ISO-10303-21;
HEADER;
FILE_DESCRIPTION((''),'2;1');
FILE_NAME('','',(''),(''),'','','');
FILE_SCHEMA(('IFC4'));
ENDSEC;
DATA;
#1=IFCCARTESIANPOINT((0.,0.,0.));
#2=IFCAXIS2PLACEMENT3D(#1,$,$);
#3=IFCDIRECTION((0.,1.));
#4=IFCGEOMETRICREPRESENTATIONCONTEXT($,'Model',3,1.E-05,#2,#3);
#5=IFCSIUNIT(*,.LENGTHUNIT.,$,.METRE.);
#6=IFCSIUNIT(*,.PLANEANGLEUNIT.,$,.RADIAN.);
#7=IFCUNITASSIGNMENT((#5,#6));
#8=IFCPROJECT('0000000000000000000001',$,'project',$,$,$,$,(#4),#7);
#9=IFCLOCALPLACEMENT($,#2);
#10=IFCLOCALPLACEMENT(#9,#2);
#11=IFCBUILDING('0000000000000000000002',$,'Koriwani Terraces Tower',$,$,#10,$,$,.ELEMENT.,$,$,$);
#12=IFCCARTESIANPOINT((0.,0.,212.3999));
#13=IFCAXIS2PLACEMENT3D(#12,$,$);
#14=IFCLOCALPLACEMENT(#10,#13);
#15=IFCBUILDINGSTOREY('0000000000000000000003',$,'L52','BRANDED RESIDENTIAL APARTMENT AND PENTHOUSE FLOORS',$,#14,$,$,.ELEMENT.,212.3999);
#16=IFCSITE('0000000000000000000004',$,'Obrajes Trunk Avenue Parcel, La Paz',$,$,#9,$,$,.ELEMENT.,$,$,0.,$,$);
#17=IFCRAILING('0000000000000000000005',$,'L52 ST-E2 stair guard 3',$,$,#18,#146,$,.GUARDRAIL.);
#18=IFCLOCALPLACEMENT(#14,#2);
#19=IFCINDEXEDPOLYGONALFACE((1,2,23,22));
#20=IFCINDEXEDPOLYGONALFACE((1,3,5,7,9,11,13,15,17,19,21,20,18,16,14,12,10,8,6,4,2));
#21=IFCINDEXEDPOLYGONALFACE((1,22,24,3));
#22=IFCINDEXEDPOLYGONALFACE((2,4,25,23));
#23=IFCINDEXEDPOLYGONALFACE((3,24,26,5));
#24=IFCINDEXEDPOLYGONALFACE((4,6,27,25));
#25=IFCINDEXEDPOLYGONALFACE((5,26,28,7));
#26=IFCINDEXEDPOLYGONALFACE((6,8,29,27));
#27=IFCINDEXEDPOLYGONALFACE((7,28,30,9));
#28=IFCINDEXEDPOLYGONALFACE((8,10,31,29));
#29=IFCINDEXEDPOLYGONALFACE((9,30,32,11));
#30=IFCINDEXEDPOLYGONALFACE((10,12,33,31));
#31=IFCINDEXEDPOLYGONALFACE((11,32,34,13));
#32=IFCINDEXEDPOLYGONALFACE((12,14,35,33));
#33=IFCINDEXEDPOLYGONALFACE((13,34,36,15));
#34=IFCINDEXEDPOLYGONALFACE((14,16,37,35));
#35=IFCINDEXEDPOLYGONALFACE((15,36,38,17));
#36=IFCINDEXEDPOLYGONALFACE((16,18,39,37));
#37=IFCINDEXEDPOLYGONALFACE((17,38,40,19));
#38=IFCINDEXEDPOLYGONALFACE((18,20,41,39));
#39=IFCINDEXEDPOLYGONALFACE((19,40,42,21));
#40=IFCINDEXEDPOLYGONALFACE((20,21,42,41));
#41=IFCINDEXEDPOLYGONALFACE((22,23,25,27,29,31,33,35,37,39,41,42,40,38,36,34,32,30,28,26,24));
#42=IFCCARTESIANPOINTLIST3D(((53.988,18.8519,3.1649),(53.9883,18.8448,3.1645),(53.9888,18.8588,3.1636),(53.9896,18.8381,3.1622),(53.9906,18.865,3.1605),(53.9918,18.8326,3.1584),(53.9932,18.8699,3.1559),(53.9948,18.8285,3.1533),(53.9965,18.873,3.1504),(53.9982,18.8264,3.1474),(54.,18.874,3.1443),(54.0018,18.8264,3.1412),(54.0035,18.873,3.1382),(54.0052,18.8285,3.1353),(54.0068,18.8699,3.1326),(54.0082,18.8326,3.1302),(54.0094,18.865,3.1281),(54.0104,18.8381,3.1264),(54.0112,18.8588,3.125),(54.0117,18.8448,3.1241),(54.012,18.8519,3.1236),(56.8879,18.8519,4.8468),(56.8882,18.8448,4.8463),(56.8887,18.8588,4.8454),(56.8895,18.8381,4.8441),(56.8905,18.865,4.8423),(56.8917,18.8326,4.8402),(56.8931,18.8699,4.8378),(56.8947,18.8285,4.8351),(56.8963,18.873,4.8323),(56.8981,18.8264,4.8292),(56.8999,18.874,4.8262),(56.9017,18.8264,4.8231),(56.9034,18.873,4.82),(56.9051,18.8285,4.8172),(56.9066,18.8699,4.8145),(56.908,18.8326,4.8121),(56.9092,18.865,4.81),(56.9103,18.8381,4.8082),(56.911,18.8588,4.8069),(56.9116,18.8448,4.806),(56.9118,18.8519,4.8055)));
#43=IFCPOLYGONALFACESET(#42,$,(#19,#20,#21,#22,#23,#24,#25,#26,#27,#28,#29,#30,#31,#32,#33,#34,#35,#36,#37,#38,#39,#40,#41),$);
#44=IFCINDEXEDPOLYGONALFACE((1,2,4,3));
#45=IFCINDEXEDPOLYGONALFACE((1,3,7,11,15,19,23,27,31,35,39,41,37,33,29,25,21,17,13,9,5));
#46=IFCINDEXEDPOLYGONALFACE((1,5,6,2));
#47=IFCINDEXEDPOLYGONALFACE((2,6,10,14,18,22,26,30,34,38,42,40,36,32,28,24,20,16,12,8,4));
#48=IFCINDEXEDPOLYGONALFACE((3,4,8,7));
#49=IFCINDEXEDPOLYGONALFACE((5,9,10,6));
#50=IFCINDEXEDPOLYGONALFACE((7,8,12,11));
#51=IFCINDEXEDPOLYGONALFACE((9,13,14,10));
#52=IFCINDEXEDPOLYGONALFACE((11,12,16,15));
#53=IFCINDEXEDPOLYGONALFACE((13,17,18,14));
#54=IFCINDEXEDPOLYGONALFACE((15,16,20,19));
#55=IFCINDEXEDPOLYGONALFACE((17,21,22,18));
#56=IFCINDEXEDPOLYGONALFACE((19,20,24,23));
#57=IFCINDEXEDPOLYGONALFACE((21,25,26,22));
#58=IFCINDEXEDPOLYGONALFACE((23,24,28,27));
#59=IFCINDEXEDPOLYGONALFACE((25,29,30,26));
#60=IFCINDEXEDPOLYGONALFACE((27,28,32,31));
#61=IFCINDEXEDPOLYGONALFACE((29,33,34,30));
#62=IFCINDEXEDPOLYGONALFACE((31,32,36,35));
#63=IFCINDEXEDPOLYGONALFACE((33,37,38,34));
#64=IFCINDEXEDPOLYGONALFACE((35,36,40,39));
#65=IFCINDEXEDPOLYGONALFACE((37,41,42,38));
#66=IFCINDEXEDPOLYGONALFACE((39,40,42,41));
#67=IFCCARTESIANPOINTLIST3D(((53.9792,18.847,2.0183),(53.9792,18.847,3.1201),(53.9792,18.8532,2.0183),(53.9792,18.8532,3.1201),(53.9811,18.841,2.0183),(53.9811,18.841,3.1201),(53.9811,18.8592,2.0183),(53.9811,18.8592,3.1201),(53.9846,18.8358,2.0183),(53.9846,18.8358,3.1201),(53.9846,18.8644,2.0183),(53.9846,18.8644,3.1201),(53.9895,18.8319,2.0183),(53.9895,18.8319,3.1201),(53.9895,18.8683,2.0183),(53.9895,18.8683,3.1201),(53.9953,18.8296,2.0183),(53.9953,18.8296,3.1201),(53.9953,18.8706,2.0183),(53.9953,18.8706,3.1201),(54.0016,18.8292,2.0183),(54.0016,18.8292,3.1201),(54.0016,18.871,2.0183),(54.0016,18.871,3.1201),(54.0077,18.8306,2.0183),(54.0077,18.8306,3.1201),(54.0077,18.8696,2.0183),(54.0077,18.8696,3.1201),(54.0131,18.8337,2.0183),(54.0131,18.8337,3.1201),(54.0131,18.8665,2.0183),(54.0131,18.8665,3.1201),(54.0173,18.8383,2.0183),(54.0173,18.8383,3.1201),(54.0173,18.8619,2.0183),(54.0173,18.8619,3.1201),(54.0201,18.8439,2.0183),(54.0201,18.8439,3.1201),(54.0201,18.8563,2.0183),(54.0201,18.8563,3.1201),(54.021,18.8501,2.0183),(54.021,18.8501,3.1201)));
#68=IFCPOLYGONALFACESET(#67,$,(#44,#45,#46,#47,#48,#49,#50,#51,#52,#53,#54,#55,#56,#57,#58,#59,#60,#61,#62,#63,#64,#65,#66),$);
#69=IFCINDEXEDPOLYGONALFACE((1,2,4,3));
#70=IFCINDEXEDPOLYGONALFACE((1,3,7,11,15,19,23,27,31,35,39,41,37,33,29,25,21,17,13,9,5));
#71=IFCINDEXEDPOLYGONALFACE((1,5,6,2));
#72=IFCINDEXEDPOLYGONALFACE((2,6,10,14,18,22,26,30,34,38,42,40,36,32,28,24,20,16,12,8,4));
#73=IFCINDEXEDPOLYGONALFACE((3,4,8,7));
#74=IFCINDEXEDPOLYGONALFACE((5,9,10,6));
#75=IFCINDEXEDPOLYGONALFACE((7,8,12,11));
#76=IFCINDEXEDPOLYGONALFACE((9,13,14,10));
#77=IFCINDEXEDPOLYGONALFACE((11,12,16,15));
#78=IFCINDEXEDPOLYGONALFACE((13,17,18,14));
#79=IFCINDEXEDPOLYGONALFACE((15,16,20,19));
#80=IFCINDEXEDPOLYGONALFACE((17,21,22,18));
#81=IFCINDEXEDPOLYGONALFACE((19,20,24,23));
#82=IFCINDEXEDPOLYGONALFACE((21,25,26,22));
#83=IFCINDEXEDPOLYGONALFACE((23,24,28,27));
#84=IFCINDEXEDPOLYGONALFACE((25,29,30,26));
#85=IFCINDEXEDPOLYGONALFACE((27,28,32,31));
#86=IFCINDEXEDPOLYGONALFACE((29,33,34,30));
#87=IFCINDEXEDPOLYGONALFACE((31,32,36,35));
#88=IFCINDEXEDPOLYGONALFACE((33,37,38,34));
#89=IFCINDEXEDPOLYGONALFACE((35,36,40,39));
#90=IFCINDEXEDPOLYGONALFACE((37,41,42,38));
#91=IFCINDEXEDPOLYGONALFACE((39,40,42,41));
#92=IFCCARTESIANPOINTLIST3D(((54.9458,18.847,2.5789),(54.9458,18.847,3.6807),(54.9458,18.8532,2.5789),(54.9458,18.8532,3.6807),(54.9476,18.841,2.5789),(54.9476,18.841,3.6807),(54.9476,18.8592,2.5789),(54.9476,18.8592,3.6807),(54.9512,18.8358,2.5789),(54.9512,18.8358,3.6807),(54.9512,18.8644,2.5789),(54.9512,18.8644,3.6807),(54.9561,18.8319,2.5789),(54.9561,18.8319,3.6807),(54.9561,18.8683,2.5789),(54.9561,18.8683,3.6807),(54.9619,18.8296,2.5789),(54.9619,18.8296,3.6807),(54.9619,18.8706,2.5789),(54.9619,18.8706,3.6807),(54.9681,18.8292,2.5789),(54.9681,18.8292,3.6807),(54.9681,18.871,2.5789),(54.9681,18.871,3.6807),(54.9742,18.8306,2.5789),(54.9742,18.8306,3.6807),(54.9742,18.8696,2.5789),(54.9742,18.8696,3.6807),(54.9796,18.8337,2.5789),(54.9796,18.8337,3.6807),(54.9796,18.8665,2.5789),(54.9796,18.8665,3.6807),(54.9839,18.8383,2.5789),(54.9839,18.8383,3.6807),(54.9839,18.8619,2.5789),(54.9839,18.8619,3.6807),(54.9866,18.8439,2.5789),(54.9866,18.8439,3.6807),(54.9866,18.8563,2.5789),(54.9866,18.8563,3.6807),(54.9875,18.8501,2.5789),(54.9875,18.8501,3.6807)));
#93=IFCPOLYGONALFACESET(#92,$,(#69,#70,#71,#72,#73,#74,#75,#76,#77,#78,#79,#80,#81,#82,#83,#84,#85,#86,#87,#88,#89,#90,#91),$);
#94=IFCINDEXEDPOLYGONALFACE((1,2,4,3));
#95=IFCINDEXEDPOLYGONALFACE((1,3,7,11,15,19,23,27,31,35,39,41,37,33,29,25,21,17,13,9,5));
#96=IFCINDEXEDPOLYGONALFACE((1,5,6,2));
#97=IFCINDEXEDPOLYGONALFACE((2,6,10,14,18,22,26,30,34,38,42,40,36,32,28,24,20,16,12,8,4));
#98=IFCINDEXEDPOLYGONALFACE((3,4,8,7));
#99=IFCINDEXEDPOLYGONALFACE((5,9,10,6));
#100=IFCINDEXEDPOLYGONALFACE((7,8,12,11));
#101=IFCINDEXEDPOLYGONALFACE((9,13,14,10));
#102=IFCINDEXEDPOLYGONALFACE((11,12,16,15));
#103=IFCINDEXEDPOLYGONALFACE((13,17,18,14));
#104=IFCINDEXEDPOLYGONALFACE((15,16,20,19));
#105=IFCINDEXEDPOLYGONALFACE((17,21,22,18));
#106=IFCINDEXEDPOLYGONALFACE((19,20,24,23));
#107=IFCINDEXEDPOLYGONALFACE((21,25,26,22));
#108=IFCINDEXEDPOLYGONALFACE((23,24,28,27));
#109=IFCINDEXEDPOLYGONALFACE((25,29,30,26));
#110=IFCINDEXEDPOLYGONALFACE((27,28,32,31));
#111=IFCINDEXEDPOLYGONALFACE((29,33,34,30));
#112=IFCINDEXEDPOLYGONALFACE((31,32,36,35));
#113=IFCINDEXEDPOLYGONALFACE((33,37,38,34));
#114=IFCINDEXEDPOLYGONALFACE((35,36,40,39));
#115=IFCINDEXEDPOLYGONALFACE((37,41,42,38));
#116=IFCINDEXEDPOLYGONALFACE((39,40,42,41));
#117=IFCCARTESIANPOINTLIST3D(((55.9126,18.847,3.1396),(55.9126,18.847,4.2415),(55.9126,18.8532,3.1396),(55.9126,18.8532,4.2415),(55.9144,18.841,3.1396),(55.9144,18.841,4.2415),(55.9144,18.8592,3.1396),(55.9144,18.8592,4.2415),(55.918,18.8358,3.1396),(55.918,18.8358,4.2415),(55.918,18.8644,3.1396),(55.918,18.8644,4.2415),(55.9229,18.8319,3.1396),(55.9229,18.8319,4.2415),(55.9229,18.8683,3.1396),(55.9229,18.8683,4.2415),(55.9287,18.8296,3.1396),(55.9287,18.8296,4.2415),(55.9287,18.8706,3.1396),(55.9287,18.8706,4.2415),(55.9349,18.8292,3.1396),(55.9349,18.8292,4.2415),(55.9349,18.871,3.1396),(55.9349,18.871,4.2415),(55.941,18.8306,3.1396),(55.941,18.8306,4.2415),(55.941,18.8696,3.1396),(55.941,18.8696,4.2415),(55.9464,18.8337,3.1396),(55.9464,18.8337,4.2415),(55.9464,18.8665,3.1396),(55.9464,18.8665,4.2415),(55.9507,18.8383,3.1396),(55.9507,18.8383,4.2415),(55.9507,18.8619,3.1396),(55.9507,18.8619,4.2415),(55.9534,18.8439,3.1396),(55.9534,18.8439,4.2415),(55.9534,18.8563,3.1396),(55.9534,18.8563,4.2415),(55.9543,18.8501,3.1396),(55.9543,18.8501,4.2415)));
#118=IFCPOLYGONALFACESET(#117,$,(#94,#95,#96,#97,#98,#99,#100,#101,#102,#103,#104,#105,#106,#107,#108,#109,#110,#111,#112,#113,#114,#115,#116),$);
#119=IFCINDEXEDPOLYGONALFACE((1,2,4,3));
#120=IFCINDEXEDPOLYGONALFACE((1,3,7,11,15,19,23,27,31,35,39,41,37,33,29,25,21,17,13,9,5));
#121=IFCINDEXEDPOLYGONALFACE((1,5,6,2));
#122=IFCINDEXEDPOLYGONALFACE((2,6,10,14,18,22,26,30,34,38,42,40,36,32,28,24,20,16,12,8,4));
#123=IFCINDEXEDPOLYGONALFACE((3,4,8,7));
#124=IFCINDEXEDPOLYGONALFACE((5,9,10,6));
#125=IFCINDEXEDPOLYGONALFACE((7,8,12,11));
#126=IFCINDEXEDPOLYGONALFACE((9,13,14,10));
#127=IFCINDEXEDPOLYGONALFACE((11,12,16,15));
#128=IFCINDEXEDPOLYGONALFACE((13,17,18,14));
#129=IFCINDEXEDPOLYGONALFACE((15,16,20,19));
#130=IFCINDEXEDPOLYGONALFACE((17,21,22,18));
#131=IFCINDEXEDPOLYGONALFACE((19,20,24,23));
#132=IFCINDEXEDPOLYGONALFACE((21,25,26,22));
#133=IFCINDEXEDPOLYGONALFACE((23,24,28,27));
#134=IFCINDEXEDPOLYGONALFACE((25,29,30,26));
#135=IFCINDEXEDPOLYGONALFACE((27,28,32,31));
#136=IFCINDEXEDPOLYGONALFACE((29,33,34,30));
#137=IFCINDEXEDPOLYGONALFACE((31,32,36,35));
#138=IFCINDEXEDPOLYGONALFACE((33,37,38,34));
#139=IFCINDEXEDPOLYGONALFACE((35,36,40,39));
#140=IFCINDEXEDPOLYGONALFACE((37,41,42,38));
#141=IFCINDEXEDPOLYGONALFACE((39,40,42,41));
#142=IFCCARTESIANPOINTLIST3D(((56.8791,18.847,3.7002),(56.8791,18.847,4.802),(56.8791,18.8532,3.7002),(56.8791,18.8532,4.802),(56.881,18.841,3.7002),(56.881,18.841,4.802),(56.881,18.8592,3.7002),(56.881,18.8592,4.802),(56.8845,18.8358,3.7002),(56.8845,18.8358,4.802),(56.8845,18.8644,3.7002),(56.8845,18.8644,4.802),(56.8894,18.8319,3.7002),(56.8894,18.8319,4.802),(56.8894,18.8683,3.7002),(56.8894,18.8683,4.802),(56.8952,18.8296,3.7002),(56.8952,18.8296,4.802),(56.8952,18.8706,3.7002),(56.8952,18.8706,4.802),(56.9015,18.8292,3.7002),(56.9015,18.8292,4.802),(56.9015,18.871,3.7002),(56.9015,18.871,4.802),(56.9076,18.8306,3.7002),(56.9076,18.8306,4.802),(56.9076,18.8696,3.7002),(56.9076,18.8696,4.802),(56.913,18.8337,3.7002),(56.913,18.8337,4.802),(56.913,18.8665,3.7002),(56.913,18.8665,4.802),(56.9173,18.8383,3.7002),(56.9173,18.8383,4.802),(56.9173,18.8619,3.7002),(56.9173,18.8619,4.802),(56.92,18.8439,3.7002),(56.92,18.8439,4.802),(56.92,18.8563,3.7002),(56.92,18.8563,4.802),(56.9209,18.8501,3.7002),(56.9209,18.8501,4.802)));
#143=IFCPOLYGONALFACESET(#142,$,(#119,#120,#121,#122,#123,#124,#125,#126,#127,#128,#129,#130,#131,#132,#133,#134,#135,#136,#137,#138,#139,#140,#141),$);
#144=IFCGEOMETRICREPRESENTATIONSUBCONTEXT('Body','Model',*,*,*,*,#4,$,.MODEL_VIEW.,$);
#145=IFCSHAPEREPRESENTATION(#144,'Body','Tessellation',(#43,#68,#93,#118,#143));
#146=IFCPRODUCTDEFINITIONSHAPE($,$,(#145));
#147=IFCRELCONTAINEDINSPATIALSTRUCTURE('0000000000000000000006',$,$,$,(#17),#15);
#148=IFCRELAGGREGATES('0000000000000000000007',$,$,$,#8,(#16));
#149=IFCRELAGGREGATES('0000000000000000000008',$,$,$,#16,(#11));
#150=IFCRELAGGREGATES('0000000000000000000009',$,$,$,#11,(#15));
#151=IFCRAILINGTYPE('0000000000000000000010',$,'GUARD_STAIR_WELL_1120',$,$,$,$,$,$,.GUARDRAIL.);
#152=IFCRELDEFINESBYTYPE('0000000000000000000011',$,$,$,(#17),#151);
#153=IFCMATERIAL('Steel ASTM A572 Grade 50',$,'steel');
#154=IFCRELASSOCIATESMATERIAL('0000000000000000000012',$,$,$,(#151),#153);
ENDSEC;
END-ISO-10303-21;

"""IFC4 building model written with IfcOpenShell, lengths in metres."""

from ifc_helpers import new_model, si_unit, direction, frame, origin, origin_2d, place, context, subcontext, project, spatial, circle, extrude, material, type_object, element, save


model = new_model("IFC4")

# Units and contexts
model_context = context("Model", 3, precision=1e-05, world=origin(), true_north=direction((0.0, 1.0)))
body_context = subcontext(model_context, "Body", "Model", "MODEL_VIEW")
ifc_project = project(units=[si_unit("LENGTHUNIT", "METRE"), si_unit("PLANEANGLEUNIT", "RADIAN")], contexts=[model_context])

# Site, building, storey
site_placement = place(None, origin())
site = spatial("IfcSite", under=ifc_project, at=site_placement, Name="Obrajes Trunk Avenue Parcel, La Paz", CompositionType="ELEMENT", RefElevation=0.0)
building_placement = place(site_placement, origin())
building = spatial("IfcBuilding", under=site, at=building_placement, Name="Koriwani Terraces Tower", CompositionType="ELEMENT")
storey_placement = place(building_placement, frame((0.0, 0.0, 212.3999)))
storey = spatial("IfcBuildingStorey", under=building, at=storey_placement, Name="L52", Description="BRANDED RESIDENTIAL APARTMENT AND PENTHOUSE FLOORS", CompositionType="ELEMENT", Elevation=212.3999)

# Shared definitions
ifc_material_1 = material(Name="Steel ASTM A572 Grade 50", Category="steel")

# Railing
railing_type_1 = type_object("IfcRailingType", Name="GUARD_STAIR_WELL_1120", PredefinedType="GUARDRAIL", material=ifc_material_1)
railing_1_placement = place(storey_placement, frame((54.0, 18.8501, 2.0183)))
element("IfcRailing", 1, at=railing_1_placement, inside=storey, type_object=railing_type_1, Name="L52 ST-E2 stair guard 3", PredefinedType="GUARDRAIL", context=body_context, shape_type="SweptSolid", body=[
    extrude(circle(Radius=0.0239, at=origin_2d()), frame((0.0, 0.0, 1.126), z_axis=(0.865039, 0.0, 0.501705), x_axis=(0.0, 1.0, 0.0)), (0.0, 0.0, 1.0), 3.3523),
    extrude(circle(Radius=0.021, at=origin_2d()), origin(), (0.0, 0.0, 1.0), 1.1018),
    extrude(circle(Radius=0.021, at=origin_2d()), frame((0.9666, 0.0, 0.5605)), (0.0, 0.0, 1.0), 1.1018),
    extrude(circle(Radius=0.021, at=origin_2d()), frame((1.9333, 0.0, 1.1213)), (0.0, 0.0, 1.0), 1.1018),
    extrude(circle(Radius=0.021, at=origin_2d()), frame((2.8999, 0.0, 1.6819)), (0.0, 0.0, 1.0), 1.1018),
])

save(model, "model.ifc")
